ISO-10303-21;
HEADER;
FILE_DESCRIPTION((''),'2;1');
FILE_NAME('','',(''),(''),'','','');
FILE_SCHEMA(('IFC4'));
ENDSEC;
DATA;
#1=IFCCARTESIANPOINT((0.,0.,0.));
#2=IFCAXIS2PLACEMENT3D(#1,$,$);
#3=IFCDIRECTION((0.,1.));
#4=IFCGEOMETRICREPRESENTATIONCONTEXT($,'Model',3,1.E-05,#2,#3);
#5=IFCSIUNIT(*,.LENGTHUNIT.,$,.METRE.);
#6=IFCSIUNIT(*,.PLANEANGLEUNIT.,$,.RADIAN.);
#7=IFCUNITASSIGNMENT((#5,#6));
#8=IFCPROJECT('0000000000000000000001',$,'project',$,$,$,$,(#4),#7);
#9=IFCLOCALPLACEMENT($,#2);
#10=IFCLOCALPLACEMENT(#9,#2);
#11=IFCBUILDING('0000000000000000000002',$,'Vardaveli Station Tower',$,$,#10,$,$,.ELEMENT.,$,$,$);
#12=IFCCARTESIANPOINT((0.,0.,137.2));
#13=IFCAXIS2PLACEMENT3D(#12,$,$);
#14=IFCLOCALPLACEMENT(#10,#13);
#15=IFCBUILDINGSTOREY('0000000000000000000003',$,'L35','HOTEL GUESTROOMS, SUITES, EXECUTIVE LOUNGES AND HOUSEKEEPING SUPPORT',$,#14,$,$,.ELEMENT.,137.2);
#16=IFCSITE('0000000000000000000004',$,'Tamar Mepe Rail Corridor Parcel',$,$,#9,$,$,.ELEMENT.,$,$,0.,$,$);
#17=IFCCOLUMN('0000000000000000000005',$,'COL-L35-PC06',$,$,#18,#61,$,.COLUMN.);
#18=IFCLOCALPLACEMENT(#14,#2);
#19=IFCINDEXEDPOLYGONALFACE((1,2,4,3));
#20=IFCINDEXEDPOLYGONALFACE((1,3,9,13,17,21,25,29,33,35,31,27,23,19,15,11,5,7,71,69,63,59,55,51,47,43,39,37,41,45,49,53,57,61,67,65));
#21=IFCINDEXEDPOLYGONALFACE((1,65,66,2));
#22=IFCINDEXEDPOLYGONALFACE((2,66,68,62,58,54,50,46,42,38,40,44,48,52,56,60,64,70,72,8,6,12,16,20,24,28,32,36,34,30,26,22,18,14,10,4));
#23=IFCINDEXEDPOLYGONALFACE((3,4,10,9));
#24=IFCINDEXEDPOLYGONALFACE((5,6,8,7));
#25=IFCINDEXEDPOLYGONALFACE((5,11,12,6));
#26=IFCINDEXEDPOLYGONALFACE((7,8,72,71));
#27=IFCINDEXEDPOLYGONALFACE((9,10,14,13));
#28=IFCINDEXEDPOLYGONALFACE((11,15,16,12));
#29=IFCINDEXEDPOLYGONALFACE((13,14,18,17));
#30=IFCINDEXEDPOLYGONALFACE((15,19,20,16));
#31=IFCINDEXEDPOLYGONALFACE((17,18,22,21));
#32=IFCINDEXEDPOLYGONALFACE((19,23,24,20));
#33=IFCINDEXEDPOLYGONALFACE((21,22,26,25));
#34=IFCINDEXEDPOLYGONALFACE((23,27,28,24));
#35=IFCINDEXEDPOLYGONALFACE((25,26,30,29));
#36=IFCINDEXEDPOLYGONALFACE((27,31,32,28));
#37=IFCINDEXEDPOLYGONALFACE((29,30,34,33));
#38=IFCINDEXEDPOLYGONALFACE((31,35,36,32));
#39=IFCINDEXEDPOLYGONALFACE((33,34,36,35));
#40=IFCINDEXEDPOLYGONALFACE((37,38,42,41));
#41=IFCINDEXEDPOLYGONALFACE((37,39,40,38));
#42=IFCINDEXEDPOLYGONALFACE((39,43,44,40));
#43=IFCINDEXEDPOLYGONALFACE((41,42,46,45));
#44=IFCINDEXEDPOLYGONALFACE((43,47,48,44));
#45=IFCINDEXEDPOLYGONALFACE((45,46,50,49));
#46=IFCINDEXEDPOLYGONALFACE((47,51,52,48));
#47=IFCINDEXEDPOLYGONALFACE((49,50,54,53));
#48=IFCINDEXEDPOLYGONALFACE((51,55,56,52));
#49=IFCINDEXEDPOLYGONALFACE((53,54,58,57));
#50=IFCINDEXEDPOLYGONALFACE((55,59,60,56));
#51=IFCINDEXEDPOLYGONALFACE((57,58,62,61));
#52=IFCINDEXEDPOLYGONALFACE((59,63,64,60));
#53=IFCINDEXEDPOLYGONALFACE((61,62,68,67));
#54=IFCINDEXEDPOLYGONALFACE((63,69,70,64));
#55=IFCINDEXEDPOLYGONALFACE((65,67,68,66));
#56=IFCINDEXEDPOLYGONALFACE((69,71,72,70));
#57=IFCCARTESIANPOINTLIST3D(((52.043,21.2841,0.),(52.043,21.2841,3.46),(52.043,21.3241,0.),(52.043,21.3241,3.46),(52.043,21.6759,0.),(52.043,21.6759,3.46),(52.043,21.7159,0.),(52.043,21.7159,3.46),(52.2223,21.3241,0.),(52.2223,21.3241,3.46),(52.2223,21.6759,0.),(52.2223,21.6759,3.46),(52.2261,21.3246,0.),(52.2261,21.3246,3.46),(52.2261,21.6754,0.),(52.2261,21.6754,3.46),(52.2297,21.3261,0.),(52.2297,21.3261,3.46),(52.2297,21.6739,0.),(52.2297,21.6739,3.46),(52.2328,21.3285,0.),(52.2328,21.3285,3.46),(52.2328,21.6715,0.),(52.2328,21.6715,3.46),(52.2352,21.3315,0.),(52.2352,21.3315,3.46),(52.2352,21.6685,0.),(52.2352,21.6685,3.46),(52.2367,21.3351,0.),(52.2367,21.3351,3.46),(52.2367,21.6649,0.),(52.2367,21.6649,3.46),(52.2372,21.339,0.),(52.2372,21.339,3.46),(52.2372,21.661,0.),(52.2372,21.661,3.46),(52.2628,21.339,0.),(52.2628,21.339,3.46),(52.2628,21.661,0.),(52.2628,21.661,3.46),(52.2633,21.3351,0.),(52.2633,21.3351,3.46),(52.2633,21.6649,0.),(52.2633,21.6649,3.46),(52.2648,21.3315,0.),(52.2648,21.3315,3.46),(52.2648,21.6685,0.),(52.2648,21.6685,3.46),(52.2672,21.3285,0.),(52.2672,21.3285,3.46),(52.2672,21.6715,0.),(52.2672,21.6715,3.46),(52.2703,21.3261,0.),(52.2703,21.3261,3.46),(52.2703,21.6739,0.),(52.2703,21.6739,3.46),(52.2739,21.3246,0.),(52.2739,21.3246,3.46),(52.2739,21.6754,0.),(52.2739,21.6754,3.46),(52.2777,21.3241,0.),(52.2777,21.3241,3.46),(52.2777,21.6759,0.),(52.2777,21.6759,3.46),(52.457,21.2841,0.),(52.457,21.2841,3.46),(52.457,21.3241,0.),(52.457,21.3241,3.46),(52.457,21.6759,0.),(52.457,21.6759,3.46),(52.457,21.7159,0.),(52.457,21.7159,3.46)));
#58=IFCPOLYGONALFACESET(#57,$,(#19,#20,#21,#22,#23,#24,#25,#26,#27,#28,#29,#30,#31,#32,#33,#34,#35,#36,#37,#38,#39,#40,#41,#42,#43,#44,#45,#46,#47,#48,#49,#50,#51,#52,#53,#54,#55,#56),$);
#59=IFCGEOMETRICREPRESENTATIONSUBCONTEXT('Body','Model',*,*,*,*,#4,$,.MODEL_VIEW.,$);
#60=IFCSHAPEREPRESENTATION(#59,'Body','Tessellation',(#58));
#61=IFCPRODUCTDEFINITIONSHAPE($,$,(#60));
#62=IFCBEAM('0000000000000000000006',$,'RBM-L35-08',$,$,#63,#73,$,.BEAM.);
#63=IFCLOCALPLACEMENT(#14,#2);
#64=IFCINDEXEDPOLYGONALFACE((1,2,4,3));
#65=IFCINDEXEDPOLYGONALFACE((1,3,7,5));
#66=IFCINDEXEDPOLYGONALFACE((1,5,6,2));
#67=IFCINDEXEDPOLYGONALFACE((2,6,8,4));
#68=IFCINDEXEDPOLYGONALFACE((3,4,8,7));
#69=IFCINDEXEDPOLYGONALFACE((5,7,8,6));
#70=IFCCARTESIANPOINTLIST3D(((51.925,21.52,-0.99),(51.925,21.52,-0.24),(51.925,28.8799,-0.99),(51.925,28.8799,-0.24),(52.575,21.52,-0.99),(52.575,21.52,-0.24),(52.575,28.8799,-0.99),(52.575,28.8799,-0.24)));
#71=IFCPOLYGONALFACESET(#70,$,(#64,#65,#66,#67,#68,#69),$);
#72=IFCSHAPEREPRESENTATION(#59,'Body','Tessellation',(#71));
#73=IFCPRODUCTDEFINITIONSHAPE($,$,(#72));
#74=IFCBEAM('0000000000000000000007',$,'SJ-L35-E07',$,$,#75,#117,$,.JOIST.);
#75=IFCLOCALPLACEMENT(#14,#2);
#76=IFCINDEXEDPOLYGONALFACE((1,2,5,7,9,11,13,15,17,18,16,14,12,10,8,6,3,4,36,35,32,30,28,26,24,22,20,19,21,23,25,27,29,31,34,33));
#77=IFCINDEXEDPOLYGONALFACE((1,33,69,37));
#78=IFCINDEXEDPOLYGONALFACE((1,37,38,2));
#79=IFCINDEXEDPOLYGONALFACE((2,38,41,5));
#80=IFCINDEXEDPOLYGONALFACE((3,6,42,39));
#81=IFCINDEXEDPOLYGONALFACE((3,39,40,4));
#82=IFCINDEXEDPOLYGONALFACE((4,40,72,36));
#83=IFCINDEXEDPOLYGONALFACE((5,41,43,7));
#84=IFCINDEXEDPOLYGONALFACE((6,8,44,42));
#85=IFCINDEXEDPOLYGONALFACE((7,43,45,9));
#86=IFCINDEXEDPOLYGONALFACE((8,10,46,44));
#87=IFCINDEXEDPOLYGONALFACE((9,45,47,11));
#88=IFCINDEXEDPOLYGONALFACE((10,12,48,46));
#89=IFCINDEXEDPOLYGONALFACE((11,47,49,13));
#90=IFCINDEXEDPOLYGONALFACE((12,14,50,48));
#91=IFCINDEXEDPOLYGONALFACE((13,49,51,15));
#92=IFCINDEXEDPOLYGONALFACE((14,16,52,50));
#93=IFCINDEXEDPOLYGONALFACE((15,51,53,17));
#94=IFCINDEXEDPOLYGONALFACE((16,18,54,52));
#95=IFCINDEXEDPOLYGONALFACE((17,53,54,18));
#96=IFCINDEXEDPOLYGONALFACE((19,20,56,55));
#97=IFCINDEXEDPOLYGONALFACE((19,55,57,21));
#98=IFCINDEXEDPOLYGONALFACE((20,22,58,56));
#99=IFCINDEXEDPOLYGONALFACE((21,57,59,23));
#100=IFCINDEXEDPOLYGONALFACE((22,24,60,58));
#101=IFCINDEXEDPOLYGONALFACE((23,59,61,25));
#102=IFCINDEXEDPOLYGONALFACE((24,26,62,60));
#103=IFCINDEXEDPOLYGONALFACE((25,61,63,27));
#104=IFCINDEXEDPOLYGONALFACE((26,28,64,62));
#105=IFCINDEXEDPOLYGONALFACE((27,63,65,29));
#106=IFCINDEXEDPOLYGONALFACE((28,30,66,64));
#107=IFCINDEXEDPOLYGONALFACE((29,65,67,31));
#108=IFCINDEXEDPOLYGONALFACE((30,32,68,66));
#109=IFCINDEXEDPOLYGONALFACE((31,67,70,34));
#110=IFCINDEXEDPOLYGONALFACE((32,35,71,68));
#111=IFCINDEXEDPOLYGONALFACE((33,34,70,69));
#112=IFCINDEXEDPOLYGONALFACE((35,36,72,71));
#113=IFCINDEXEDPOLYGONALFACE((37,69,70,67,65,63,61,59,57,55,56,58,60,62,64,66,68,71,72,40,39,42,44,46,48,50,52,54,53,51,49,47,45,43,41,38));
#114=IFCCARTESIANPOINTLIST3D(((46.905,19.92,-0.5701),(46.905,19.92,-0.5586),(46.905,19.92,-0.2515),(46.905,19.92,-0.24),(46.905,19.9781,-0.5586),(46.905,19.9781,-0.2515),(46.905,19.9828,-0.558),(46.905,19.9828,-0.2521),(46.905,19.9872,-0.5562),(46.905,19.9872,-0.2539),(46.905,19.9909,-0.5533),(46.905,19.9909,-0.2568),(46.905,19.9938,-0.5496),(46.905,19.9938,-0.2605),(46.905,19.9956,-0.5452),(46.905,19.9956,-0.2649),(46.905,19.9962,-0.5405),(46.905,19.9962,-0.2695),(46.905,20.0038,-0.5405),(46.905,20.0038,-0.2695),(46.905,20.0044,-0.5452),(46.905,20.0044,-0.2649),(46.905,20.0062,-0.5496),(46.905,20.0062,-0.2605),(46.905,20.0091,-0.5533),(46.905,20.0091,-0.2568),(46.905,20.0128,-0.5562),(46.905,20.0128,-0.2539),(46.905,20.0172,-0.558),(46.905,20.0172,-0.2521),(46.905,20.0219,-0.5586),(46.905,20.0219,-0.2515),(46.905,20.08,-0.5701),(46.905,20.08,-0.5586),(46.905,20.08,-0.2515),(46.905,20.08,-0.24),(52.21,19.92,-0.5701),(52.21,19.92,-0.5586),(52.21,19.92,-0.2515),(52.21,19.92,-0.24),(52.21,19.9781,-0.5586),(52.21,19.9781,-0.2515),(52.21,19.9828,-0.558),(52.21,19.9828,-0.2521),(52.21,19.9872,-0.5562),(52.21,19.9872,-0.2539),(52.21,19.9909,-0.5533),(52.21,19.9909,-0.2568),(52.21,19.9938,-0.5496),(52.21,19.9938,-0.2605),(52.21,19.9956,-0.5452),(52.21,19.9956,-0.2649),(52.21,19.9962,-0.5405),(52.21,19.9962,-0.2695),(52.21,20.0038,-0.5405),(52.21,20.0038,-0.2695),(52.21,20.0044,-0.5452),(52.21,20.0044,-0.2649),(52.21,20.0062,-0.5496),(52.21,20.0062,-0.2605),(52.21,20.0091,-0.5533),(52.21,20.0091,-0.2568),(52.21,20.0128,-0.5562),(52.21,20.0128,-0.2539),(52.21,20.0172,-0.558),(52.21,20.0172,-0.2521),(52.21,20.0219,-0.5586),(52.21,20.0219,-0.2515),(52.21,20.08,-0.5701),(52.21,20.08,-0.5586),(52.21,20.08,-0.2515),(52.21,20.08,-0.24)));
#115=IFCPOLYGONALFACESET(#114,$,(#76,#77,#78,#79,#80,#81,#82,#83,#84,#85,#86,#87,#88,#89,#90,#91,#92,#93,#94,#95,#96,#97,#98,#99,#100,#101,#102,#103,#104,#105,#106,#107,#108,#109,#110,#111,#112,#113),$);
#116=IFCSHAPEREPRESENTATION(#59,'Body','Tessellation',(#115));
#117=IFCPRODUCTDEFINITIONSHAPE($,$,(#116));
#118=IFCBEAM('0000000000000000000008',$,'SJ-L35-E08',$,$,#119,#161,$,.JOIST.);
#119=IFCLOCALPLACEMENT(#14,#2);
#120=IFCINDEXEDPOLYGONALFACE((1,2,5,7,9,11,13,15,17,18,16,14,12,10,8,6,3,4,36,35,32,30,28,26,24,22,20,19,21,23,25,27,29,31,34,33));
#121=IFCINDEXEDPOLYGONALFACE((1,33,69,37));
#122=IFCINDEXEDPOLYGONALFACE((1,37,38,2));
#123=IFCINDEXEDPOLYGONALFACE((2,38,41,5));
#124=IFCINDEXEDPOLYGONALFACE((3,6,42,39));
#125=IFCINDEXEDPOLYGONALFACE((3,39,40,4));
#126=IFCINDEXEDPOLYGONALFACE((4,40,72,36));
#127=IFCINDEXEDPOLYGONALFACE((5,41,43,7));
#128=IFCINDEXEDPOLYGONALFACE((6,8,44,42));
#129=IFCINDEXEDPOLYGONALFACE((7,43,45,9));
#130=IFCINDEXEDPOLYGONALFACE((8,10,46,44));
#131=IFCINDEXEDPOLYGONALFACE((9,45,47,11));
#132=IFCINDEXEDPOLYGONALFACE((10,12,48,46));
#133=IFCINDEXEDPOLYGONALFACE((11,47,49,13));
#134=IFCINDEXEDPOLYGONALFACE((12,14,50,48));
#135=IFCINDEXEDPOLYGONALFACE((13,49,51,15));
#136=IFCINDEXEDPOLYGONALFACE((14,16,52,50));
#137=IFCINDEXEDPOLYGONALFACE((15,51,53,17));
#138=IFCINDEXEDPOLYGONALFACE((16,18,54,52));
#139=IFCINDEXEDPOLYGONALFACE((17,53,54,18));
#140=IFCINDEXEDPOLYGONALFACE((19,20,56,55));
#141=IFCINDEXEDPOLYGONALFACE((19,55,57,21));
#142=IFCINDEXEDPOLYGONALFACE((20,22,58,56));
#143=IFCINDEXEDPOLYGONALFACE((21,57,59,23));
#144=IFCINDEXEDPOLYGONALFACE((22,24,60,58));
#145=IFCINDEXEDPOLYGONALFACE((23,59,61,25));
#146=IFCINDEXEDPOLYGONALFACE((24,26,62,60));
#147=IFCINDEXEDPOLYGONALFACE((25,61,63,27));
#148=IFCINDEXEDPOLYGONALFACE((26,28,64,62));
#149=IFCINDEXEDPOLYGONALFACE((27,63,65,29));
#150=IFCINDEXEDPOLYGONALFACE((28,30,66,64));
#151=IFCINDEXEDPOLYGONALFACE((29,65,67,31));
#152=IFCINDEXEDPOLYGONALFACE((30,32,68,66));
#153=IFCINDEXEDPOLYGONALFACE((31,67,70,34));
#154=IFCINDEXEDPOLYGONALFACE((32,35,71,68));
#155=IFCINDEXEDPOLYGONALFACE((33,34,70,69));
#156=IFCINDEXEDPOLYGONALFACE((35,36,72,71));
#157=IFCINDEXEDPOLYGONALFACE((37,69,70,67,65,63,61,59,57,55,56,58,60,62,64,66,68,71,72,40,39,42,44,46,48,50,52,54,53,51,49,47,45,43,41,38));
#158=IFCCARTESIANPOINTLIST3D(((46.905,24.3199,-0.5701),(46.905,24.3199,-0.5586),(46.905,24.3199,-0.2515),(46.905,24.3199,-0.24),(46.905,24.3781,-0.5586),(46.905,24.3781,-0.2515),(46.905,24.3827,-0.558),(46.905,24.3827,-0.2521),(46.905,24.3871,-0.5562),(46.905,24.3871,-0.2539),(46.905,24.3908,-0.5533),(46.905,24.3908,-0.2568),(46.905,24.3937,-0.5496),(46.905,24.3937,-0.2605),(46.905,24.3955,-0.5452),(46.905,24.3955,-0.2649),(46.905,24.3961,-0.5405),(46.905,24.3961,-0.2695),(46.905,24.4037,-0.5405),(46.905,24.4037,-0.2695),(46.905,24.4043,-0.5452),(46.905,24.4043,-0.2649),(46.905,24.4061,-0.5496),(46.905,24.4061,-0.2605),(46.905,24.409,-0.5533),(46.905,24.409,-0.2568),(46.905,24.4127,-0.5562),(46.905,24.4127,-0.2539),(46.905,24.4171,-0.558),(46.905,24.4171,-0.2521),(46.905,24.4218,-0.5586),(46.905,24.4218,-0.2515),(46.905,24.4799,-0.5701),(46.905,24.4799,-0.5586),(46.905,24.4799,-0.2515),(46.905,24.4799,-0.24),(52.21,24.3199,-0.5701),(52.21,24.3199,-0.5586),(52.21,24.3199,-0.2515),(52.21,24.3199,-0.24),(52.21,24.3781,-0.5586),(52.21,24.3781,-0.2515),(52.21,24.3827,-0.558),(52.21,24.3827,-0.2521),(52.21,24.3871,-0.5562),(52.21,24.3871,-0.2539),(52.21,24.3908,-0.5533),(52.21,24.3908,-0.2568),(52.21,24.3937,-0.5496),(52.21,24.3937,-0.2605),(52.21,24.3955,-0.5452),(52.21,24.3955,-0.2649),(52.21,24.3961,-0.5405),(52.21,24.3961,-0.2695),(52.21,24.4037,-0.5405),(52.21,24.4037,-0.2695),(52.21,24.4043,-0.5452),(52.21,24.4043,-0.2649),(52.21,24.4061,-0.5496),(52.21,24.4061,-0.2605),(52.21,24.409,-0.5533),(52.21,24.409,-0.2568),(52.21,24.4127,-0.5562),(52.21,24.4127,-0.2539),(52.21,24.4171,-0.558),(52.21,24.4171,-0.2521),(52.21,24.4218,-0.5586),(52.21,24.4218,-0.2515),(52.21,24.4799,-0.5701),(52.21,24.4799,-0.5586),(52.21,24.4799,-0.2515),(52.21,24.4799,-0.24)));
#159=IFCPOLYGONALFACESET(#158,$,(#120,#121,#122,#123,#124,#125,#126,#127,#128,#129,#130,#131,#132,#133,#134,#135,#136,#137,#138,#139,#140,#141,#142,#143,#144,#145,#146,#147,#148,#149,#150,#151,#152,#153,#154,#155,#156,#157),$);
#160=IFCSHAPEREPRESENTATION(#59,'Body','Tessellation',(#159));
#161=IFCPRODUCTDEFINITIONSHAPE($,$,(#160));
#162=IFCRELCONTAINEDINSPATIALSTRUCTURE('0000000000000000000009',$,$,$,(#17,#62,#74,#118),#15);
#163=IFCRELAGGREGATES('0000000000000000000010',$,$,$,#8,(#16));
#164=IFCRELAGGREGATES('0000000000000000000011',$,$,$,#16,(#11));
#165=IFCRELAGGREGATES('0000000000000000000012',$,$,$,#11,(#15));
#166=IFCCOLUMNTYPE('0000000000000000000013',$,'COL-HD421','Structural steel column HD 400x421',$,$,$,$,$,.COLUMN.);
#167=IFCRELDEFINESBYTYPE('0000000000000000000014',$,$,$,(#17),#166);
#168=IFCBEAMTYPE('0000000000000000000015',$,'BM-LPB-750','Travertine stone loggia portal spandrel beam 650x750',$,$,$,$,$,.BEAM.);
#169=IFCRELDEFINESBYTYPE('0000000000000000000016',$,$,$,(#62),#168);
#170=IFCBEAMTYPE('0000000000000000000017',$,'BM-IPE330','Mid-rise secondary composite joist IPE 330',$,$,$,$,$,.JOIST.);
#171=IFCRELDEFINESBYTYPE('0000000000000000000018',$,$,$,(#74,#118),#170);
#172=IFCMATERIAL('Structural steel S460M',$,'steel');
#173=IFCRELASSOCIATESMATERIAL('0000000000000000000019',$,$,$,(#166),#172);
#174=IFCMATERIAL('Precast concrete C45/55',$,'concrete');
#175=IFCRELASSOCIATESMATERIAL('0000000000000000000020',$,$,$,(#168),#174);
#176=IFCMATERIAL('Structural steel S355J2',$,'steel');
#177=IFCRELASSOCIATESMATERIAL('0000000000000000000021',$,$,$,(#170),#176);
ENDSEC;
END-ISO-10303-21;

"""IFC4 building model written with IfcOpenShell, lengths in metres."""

from ifc_helpers import new_model, si_unit, direction, frame, origin, origin_2d, place, context, subcontext, project, spatial, rectangle, i_section, extrude, source, transform, mapped, material, material_profile, profile_set, type_object, element, save


model = new_model("IFC4")

# Units and contexts
model_context = context("Model", 3, precision=1e-05, world=origin(), true_north=direction((0.0, 1.0)))
body_context = subcontext(model_context, "Body", "Model", "MODEL_VIEW")
ifc_project = project(units=[si_unit("LENGTHUNIT", "METRE"), si_unit("PLANEANGLEUNIT", "RADIAN")], contexts=[model_context])

# Site, building, storey
site_placement = place(None, origin())
site = spatial("IfcSite", under=ifc_project, at=site_placement, Name="Tamar Mepe Rail Corridor Parcel", CompositionType="ELEMENT", RefElevation=0.0)
building_placement = place(site_placement, origin())
building = spatial("IfcBuilding", under=site, at=building_placement, Name="Vardaveli Station Tower", CompositionType="ELEMENT")
storey_placement = place(building_placement, frame((0.0, 0.0, 137.2)))
storey = spatial("IfcBuildingStorey", under=building, at=storey_placement, Name="L35", Description="HOTEL GUESTROOMS, SUITES, EXECUTIVE LOUNGES AND HOUSEKEEPING SUPPORT", CompositionType="ELEMENT", Elevation=137.2)

# Column
ifc_material_1 = material(Name="Structural steel S460M", Category="steel")
ifc_material_profile_1 = material_profile(ifc_material_1, i_section(OverallWidth=0.4141, OverallDepth=0.4319, WebThickness=0.0256, FlangeThickness=0.04, FilletRadius=0.0149, at=origin_2d()), Name="HD 400x421")
ifc_profile_set_1 = profile_set([ifc_material_profile_1], Name="Structural steel S460M")
column_type = type_object("IfcColumnType", Name="COL-HD421", Description="Structural steel column HD 400x421", PredefinedType="COLUMN", material=ifc_profile_set_1)
shared_shape_1 = source(origin(), body_context, "Body", "SweptSolid", [
    extrude(i_section(OverallWidth=0.4141, OverallDepth=0.4319, WebThickness=0.0256, FlangeThickness=0.04, FilletRadius=0.0149, at=origin_2d()), origin(), (0.0, 0.0, 1.0), 3.46),
])
column_placement = place(storey_placement, frame((52.25, 21.5, 0.0), z_axis=(0.0, 0.0, 1.0), x_axis=(1.0, 0.0, 0.0)))
element("IfcColumn", 1, at=column_placement, inside=storey, type_object=column_type, Name="COL-L35-PC06", PredefinedType="COLUMN", context=body_context, shape_type="MappedRepresentation", body=[
    mapped(shared_shape_1, transform((0.0, 0.0, 0.0), scale=1.0)),
])

# Beams
ifc_material_2 = material(Name="Precast concrete C45/55", Category="concrete")
ifc_material_profile_2 = material_profile(ifc_material_2, rectangle(XDim=0.6499, YDim=0.75, at=origin_2d()), Name="LPB 650x750")
ifc_profile_set_2 = profile_set([ifc_material_profile_2], Name="Precast concrete C45/55")
beam_type_1 = type_object("IfcBeamType", Name="BM-LPB-750", Description="Travertine stone loggia portal spandrel beam 650x750", PredefinedType="BEAM", material=ifc_profile_set_2)
shared_shape_2 = source(origin(), body_context, "Body", "SweptSolid", [
    extrude(rectangle(XDim=0.6499, YDim=0.75, at=origin_2d()), origin(), (0.0, 0.0, 1.0), 7.3599),
])
beam_1_placement = place(storey_placement, frame((52.25, 21.52, -0.615), z_axis=(0.0, 1.0, 0.0), x_axis=(-1.0, 0.0, 0.0)))
element("IfcBeam", 2, at=beam_1_placement, inside=storey, type_object=beam_type_1, Name="RBM-L35-08", PredefinedType="BEAM", context=body_context, shape_type="MappedRepresentation", body=[
    mapped(shared_shape_2, transform((0.0, 0.0, 0.0), scale=1.0)),
])
ifc_material_3 = material(Name="Structural steel S355J2", Category="steel")
ifc_material_profile_3 = material_profile(ifc_material_3, i_section(OverallWidth=0.1599, OverallDepth=0.3301, WebThickness=0.0076, FlangeThickness=0.0115, FilletRadius=0.0181, at=origin_2d()), Name="IPE 330")
ifc_profile_set_3 = profile_set([ifc_material_profile_3], Name="Structural steel S355J2")
beam_type_2 = type_object("IfcBeamType", Name="BM-IPE330", Description="Mid-rise secondary composite joist IPE 330", PredefinedType="JOIST", material=ifc_profile_set_3)
shared_shape_3 = source(origin(), body_context, "Body", "SweptSolid", [
    extrude(i_section(OverallWidth=0.1599, OverallDepth=0.3301, WebThickness=0.0076, FlangeThickness=0.0115, FilletRadius=0.0181, at=origin_2d()), origin(), (0.0, 0.0, 1.0), 5.3049),
])
for number, where, z_axis, x_axis, name in (
    (3, (46.905, 20.0, -0.405), (1.0, 0.0, 0.0), (0.0, 1.0, 0.0), "SJ-L35-E07"),
    (4, (46.905, 24.3999, -0.405), (1.0, 0.0, 0.0), (0.0, 1.0, 0.0), "SJ-L35-E08"),
):
    element("IfcBeam", number, at=place(storey_placement, frame(where, z_axis=z_axis, x_axis=x_axis)), inside=storey, type_object=beam_type_2, Name=name, PredefinedType="JOIST", context=body_context, shape_type="MappedRepresentation", body=[
        mapped(shared_shape_3, transform((0.0, 0.0, 0.0), scale=1.0)),
    ])

save(model, "model.ifc")
